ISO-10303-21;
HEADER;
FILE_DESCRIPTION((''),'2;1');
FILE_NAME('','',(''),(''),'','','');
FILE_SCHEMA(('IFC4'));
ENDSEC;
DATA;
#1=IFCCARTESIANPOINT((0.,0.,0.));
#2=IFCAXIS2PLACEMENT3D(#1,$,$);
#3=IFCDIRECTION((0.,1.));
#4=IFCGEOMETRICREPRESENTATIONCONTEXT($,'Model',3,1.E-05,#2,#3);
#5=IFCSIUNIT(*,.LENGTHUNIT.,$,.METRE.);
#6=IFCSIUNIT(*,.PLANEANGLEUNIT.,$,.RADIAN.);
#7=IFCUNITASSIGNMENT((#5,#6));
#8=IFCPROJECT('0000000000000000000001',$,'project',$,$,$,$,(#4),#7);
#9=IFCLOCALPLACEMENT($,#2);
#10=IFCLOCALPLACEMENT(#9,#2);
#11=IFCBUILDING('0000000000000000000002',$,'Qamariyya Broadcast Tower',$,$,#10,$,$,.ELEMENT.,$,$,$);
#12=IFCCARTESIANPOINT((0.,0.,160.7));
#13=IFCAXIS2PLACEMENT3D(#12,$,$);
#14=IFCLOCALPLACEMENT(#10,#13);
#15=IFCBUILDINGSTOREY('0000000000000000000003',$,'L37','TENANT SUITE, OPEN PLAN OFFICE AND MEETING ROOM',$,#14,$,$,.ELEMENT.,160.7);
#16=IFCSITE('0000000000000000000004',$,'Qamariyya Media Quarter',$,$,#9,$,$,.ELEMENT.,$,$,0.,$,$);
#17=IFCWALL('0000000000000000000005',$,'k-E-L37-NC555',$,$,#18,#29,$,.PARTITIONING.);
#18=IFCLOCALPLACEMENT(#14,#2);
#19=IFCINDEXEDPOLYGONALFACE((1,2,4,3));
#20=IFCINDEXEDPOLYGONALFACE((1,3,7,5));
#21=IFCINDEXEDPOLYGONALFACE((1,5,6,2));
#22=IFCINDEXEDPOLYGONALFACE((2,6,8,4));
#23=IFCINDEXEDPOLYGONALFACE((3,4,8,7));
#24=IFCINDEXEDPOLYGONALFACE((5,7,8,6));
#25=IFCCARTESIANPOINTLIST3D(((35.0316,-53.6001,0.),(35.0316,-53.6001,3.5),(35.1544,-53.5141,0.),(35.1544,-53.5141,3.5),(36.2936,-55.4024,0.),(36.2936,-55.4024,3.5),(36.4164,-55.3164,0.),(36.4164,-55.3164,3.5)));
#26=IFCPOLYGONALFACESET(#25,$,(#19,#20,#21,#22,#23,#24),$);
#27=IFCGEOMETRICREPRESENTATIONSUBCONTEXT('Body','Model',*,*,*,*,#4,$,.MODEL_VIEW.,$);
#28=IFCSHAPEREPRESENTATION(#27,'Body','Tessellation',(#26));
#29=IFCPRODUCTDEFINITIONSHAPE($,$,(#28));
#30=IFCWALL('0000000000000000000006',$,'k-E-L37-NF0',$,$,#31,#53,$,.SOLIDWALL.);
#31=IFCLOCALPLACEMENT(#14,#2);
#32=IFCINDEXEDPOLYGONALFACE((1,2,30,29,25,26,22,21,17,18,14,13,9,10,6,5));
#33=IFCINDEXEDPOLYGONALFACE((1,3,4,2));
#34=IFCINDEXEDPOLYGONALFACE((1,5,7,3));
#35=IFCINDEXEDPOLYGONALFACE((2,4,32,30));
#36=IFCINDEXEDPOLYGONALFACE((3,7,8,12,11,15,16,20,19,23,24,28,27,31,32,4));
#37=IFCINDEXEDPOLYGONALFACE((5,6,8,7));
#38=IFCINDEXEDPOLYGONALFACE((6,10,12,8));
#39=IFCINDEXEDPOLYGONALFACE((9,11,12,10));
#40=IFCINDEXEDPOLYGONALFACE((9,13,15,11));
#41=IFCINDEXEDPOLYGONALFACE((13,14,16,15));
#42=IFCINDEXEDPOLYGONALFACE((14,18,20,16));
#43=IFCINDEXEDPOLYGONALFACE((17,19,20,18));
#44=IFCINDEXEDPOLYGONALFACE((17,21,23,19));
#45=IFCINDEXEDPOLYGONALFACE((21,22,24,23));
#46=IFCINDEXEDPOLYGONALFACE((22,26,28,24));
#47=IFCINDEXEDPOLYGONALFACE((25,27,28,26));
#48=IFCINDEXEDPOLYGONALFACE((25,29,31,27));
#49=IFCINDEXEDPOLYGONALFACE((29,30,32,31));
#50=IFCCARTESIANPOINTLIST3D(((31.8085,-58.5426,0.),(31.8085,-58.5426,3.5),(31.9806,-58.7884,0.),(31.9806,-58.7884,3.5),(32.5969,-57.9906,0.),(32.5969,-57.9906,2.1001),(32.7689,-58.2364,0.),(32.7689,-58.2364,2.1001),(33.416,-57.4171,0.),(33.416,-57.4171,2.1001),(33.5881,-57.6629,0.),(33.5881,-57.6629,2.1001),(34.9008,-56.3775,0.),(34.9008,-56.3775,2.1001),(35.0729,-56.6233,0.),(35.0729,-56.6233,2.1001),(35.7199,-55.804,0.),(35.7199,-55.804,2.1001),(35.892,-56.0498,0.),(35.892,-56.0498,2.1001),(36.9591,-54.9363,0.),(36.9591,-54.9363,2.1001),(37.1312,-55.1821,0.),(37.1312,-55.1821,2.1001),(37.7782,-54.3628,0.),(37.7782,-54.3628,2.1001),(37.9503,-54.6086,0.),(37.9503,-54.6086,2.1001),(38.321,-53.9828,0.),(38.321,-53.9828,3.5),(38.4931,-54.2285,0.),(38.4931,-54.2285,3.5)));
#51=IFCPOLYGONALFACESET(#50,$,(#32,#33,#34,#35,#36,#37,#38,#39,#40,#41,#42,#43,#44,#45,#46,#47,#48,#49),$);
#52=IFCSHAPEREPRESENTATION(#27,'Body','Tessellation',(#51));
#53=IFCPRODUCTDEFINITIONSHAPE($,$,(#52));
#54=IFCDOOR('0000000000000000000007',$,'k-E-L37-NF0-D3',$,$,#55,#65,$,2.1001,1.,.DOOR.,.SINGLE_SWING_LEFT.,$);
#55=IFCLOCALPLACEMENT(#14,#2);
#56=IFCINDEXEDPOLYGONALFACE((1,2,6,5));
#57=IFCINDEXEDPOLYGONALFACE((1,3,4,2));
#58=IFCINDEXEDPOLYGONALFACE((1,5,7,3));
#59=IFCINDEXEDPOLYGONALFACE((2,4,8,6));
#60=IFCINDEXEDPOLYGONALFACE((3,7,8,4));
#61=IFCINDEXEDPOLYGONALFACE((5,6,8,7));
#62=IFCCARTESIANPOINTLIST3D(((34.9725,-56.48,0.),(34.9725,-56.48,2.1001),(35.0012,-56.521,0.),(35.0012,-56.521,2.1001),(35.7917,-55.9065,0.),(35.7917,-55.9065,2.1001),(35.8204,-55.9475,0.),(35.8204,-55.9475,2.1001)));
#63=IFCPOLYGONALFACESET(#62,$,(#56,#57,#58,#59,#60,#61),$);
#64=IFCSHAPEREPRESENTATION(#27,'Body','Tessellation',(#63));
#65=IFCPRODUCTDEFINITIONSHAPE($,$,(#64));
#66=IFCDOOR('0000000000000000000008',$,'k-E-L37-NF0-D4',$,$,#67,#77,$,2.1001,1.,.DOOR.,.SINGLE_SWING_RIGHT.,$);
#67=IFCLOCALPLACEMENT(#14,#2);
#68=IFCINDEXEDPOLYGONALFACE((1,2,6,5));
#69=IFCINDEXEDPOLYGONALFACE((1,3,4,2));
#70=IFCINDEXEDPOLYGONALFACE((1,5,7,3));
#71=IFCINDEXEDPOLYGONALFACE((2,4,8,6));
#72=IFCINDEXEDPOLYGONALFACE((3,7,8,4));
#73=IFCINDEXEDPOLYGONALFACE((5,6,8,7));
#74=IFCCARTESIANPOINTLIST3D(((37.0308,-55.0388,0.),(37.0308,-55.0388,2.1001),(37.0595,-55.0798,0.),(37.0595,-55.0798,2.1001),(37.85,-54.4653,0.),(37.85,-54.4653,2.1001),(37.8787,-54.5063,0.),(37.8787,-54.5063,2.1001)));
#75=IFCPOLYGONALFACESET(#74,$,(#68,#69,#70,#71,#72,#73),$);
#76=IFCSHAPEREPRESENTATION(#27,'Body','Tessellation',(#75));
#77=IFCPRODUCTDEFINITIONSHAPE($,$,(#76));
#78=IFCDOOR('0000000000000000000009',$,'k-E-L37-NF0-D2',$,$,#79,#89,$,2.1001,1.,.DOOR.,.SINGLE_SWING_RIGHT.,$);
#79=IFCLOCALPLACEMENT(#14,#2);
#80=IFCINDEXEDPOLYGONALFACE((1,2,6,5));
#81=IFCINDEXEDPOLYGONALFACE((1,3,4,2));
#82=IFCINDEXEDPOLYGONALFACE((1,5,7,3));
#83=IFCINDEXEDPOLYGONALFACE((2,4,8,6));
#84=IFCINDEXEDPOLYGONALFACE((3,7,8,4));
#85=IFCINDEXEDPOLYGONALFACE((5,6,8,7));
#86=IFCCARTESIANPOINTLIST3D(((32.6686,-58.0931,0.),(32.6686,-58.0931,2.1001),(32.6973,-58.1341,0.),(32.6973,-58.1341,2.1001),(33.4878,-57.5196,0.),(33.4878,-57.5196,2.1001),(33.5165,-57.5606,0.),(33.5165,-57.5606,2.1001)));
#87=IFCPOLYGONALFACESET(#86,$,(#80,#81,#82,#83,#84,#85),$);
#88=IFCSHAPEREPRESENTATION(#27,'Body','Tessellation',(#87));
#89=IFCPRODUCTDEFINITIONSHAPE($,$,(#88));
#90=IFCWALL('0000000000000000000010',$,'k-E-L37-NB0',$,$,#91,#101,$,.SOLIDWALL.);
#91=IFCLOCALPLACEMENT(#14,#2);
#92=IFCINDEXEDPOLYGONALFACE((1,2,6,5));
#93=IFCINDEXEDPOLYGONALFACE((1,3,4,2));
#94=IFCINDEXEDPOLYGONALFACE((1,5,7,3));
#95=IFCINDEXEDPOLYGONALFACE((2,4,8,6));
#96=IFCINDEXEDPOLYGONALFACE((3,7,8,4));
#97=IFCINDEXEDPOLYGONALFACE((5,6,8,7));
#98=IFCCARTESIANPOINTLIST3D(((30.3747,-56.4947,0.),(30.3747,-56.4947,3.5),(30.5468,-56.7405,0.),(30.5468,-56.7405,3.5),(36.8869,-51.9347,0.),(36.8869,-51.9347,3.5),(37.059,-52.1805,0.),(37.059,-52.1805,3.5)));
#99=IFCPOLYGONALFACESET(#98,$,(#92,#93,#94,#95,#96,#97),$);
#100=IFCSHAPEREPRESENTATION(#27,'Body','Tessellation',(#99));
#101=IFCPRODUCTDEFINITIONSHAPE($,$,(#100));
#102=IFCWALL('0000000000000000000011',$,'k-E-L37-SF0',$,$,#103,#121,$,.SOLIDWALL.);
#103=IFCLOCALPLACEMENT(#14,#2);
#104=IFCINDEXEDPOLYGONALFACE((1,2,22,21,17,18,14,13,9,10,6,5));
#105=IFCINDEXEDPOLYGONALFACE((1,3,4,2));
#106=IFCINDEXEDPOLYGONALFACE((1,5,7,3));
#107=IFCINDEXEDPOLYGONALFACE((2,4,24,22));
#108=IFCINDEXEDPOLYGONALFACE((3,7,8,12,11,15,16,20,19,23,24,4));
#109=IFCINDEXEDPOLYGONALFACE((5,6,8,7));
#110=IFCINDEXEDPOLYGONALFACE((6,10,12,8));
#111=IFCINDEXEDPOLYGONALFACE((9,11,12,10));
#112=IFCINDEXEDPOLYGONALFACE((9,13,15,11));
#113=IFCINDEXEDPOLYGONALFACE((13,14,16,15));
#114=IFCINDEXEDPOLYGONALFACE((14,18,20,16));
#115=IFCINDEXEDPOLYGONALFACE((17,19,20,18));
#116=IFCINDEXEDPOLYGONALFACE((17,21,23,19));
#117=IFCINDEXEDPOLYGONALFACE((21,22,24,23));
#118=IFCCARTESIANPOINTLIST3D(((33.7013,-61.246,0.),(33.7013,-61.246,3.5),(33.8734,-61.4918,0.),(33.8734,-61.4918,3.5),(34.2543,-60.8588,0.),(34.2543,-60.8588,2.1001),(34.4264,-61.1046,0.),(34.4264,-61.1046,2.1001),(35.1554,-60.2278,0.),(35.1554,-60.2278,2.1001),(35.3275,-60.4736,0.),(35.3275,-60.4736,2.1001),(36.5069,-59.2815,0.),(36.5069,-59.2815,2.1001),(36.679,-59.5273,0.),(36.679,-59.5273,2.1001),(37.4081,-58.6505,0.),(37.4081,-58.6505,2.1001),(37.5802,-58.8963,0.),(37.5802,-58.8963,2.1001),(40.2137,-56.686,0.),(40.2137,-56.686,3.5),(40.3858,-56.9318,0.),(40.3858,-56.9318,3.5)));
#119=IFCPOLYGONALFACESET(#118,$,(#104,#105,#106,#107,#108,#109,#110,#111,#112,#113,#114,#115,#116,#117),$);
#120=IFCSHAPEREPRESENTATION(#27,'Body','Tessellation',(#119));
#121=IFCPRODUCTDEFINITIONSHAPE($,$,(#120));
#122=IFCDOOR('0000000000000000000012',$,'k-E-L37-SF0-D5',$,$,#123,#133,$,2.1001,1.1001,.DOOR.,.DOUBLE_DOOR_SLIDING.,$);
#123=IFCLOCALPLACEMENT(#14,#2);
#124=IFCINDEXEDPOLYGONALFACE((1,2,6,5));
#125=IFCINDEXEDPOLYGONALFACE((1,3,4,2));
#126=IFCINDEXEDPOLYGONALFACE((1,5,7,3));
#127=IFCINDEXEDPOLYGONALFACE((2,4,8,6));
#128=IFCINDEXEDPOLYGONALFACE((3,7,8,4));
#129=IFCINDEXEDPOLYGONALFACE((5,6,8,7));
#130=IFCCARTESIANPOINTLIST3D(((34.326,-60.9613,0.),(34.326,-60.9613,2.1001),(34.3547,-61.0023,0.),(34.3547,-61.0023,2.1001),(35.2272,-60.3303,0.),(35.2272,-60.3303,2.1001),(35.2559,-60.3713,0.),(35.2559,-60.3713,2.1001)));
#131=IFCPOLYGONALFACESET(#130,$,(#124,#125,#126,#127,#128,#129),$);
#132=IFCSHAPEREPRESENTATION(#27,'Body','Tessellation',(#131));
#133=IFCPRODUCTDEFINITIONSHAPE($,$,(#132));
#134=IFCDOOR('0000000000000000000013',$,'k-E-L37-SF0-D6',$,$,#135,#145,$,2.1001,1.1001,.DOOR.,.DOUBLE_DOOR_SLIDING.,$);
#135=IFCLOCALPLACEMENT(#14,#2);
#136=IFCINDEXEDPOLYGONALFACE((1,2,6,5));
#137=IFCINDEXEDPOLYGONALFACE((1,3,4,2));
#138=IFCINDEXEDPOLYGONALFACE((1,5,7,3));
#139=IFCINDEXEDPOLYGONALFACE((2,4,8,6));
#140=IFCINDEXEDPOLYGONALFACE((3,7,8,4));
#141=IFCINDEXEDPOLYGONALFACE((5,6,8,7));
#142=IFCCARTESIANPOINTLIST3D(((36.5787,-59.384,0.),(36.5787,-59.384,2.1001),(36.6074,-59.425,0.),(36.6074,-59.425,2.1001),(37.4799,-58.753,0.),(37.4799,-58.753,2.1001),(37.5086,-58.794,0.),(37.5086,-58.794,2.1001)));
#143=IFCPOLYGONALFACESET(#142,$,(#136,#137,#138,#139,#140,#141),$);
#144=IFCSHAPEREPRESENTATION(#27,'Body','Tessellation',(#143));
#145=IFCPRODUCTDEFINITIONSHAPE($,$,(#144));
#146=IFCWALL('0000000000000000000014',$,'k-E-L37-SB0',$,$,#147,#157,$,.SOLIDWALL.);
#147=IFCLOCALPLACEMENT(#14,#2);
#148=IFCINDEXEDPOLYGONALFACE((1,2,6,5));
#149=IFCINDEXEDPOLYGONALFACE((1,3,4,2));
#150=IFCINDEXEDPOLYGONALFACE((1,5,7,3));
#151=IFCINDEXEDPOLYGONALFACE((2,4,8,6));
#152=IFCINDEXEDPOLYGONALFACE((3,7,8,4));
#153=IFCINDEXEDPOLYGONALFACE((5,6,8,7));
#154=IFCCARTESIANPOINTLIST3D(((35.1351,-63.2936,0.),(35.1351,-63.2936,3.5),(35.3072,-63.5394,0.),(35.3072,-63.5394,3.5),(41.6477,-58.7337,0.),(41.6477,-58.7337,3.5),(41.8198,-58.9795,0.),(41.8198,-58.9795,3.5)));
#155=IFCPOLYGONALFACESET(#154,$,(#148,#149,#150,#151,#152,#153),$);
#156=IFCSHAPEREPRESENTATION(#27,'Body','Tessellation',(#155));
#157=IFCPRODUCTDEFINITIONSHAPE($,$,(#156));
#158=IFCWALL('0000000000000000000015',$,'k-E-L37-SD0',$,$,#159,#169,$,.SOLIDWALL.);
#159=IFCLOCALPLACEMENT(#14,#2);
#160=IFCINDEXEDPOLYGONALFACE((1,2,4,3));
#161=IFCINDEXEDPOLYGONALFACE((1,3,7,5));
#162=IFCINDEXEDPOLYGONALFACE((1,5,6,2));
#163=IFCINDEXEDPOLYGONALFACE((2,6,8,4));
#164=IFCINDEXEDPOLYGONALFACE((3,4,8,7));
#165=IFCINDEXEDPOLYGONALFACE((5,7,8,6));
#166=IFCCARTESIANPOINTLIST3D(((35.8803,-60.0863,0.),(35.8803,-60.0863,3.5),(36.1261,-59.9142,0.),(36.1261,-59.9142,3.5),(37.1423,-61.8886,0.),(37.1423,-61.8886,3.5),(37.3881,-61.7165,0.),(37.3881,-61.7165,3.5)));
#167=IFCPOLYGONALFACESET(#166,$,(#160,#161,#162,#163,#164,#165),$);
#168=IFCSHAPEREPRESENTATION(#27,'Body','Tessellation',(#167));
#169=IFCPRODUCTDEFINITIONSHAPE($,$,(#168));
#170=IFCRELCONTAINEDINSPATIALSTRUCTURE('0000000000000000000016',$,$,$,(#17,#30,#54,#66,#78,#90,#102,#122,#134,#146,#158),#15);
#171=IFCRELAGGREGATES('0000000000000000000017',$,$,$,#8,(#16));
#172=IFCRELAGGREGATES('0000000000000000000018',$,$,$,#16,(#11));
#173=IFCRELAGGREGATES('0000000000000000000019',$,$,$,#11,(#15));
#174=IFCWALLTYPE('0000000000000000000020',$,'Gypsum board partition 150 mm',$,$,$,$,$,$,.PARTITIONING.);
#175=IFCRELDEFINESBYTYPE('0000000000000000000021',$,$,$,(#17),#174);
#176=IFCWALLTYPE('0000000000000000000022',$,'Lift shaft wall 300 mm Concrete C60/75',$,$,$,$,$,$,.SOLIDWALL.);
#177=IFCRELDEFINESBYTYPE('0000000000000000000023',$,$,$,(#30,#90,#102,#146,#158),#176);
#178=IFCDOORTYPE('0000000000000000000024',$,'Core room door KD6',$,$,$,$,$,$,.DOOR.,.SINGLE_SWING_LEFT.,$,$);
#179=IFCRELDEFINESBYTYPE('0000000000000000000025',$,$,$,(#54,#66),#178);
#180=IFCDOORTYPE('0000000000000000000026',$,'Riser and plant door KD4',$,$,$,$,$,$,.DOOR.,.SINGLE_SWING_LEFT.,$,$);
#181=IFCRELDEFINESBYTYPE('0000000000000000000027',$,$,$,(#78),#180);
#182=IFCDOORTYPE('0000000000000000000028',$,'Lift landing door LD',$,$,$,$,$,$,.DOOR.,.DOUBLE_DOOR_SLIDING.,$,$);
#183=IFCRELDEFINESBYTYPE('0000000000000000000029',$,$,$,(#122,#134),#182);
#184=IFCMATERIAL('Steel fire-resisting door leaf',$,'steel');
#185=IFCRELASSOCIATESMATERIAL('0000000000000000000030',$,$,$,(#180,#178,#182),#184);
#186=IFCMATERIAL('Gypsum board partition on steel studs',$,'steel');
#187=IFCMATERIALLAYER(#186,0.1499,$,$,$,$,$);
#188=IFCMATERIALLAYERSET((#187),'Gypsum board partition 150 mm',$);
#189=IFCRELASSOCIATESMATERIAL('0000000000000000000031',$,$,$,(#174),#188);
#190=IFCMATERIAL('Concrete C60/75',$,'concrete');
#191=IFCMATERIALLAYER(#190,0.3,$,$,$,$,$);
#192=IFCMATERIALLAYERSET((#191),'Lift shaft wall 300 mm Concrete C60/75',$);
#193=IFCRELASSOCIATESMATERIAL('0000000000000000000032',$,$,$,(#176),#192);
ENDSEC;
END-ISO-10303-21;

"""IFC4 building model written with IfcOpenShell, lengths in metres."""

from ifc_helpers import new_model, si_unit, direction, frame, frame_2d, origin, place, context, subcontext, project, spatial, rectangle, extrude, material, layer, layer_set, type_object, element, fill, save


model = new_model("IFC4")

# Units and contexts
model_context = context("Model", 3, precision=1e-05, world=origin(), true_north=direction((0.0, 1.0)))
body_context = subcontext(model_context, "Body", "Model", "MODEL_VIEW")
ifc_project = project(units=[si_unit("LENGTHUNIT", "METRE"), si_unit("PLANEANGLEUNIT", "RADIAN")], contexts=[model_context])

# Site, building, storey
site_placement = place(None, origin())
site = spatial("IfcSite", under=ifc_project, at=site_placement, Name="Qamariyya Media Quarter", CompositionType="ELEMENT", RefElevation=0.0)
building_placement = place(site_placement, origin())
building = spatial("IfcBuilding", under=site, at=building_placement, Name="Qamariyya Broadcast Tower", CompositionType="ELEMENT")
storey_placement = place(building_placement, frame((0.0, 0.0, 160.7)))
storey = spatial("IfcBuildingStorey", under=building, at=storey_placement, Name="L37", Description="TENANT SUITE, OPEN PLAN OFFICE AND MEETING ROOM", CompositionType="ELEMENT", Elevation=160.7)

# Shared definitions
ifc_material_1 = material(Name="Concrete C60/75", Category="concrete")

# Shared definitions
ifc_material_2 = material(Name="Steel fire-resisting door leaf", Category="steel")

# Shared definitions
door_type_1 = type_object("IfcDoorType", Name="Riser and plant door KD4", OperationType="SINGLE_SWING_LEFT", PredefinedType="DOOR", material=ifc_material_2)

# Wall
ifc_material_3 = material(Name="Gypsum board partition on steel studs", Category="steel")
ifc_layer_1 = layer(ifc_material_3, 0.1499)
ifc_layer_set_1 = layer_set([ifc_layer_1], Name="Gypsum board partition 150 mm")
wall_type_1 = type_object("IfcWallType", Name="Gypsum board partition 150 mm", PredefinedType="PARTITIONING", material=ifc_layer_set_1)
for number, where, z_axis, x_axis, name in (
    (1, (36.355, -55.3594, 0.0), (0.0, 0.0, 1.0), (-0.573581, 0.819149, 0.0), "k-E-L37-NC555"),
):
    element("IfcWall", number, at=place(storey_placement, frame(where, z_axis=z_axis, x_axis=x_axis)), inside=storey, type_object=wall_type_1, Name=name, PredefinedType="PARTITIONING", context=body_context, shape_type="SweptSolid", body=[
        extrude(rectangle(XDim=2.2002, YDim=0.1499, at=frame_2d((1.1001, 0.0))), origin(), (0.0, 0.0, 1.0), 3.5),
    ])

# Wall, openings, doors
ifc_layer_2 = layer(ifc_material_1, 0.3)
ifc_layer_set_2 = layer_set([ifc_layer_2], Name="Lift shaft wall 300 mm Concrete C60/75")
wall_type_2 = type_object("IfcWallType", Name="Lift shaft wall 300 mm Concrete C60/75", PredefinedType="SOLIDWALL", material=ifc_layer_set_2)
wall_1_placement = place(storey_placement, frame((31.8945, -58.6655, 0.0), z_axis=(0.0, 0.0, 1.0), x_axis=(0.819167, 0.573555, 0.0)))
wall_1 = element("IfcWall", 2, at=wall_1_placement, inside=storey, type_object=wall_type_2, Name="k-E-L37-NF0", PredefinedType="SOLIDWALL", context=body_context, shape_type="SweptSolid", body=[
    extrude(rectangle(XDim=7.9502, YDim=0.3, at=frame_2d((3.9751, 0.0))), origin(), (0.0, 0.0, 1.0), 3.5),
])
opening_1_placement = place(wall_1_placement, frame((0.9624, 0.0, 0.0)))
opening_1 = element("IfcOpeningElement", 3, at=opening_1_placement, cuts=wall_1, PredefinedType="OPENING", context=body_context, shape_type="SweptSolid", body=[
    extrude(rectangle(XDim=1.0, YDim=2.1001, at=frame_2d((0.5, 1.05))), frame((0.0, 0.1599, 0.0), z_axis=(0.0, -1.0, 0.0), x_axis=(1.0, 0.0, 0.0)), (0.0, 0.0, 1.0), 0.3201),
])
opening_2_placement = place(wall_1_placement, frame((3.7749, 0.0, 0.0)))
opening_2 = element("IfcOpeningElement", 4, at=opening_2_placement, cuts=wall_1, PredefinedType="OPENING", context=body_context, shape_type="SweptSolid", body=[
    extrude(rectangle(XDim=1.0, YDim=2.1001, at=frame_2d((0.5, 1.05))), frame((0.0, 0.1599, 0.0), z_axis=(0.0, -1.0, 0.0), x_axis=(1.0, 0.0, 0.0)), (0.0, 0.0, 1.0), 0.3201),
])
opening_3_placement = place(wall_1_placement, frame((6.2876, 0.0, 0.0)))
opening_3 = element("IfcOpeningElement", 5, at=opening_3_placement, cuts=wall_1, PredefinedType="OPENING", context=body_context, shape_type="SweptSolid", body=[
    extrude(rectangle(XDim=1.0, YDim=2.1001, at=frame_2d((0.5, 1.05))), frame((0.0, 0.1599, 0.0), z_axis=(0.0, -1.0, 0.0), x_axis=(1.0, 0.0, 0.0)), (0.0, 0.0, 1.0), 0.3201),
])
door_type_2 = type_object("IfcDoorType", Name="Core room door KD6", OperationType="SINGLE_SWING_LEFT", PredefinedType="DOOR", material=ifc_material_2)
door_1_placement = place(opening_2_placement, origin())
door_1 = element("IfcDoor", 6, at=door_1_placement, inside=storey, type_object=door_type_2, Name="k-E-L37-NF0-D3", OperationType="SINGLE_SWING_LEFT", OverallHeight=2.1001, OverallWidth=1.0, PredefinedType="DOOR", context=body_context, shape_type="SweptSolid", body=[
    extrude(rectangle(XDim=1.0, YDim=2.1001, at=frame_2d((0.5, 1.05))), frame((0.0, 0.0249, 0.0), z_axis=(0.0, -1.0, 0.0), x_axis=(1.0, 0.0, 0.0)), (0.0, 0.0, 1.0), 0.05),
])
fill(opening_2, door_1)
door_2_placement = place(opening_3_placement, origin())
door_2 = element("IfcDoor", 7, at=door_2_placement, inside=storey, type_object=door_type_2, Name="k-E-L37-NF0-D4", OperationType="SINGLE_SWING_RIGHT", OverallHeight=2.1001, OverallWidth=1.0, PredefinedType="DOOR", context=body_context, shape_type="SweptSolid", body=[
    extrude(rectangle(XDim=1.0, YDim=2.1001, at=frame_2d((0.5, 1.05))), frame((0.0, 0.0249, 0.0), z_axis=(0.0, -1.0, 0.0), x_axis=(1.0, 0.0, 0.0)), (0.0, 0.0, 1.0), 0.05),
])
fill(opening_3, door_2)
door_3_placement = place(opening_1_placement, origin())
door_3 = element("IfcDoor", 8, at=door_3_placement, inside=storey, type_object=door_type_1, Name="k-E-L37-NF0-D2", OperationType="SINGLE_SWING_RIGHT", OverallHeight=2.1001, OverallWidth=1.0, PredefinedType="DOOR", context=body_context, shape_type="SweptSolid", body=[
    extrude(rectangle(XDim=1.0, YDim=2.1001, at=frame_2d((0.5, 1.05))), frame((0.0, 0.0249, 0.0), z_axis=(0.0, -1.0, 0.0), x_axis=(1.0, 0.0, 0.0)), (0.0, 0.0, 1.0), 0.05),
])
fill(opening_1, door_3)

# Wall
wall_2_placement = place(storey_placement, frame((30.4607, -56.6177, 0.0), z_axis=(0.0, 0.0, 1.0), x_axis=(0.819142, 0.57359, 0.0)))
element("IfcWall", 9, at=wall_2_placement, inside=storey, type_object=wall_type_2, Name="k-E-L37-NB0", PredefinedType="SOLIDWALL", context=body_context, shape_type="SweptSolid", body=[
    extrude(rectangle(XDim=7.95, YDim=0.3, at=frame_2d((3.9751, 0.0))), origin(), (0.0, 0.0, 1.0), 3.5),
])

# Wall, openings, doors
wall_3_placement = place(storey_placement, frame((33.7874, -61.3689, 0.0), z_axis=(0.0, 0.0, 1.0), x_axis=(0.819153, 0.573576, 0.0)))
wall_3 = element("IfcWall", 10, at=wall_3_placement, inside=storey, type_object=wall_type_2, Name="k-E-L37-SF0", PredefinedType="SOLIDWALL", context=body_context, shape_type="SweptSolid", body=[
    extrude(rectangle(XDim=7.9502, YDim=0.3, at=frame_2d((3.9751, 0.0))), origin(), (0.0, 0.0, 1.0), 3.5),
])
opening_4_placement = place(wall_3_placement, frame((0.675, 0.0, 0.0)))
opening_4 = element("IfcOpeningElement", 11, at=opening_4_placement, cuts=wall_3, PredefinedType="OPENING", context=body_context, shape_type="SweptSolid", body=[
    extrude(rectangle(XDim=1.1001, YDim=2.1001, at=frame_2d((0.55, 1.05))), frame((0.0, 0.1599, 0.0), z_axis=(0.0, -1.0, 0.0), x_axis=(1.0, 0.0, 0.0)), (0.0, 0.0, 1.0), 0.3201),
])
opening_5_placement = place(wall_3_placement, frame((3.425, 0.0, 0.0)))
opening_5 = element("IfcOpeningElement", 12, at=opening_5_placement, cuts=wall_3, PredefinedType="OPENING", context=body_context, shape_type="SweptSolid", body=[
    extrude(rectangle(XDim=1.1001, YDim=2.1001, at=frame_2d((0.55, 1.05))), frame((0.0, 0.1599, 0.0), z_axis=(0.0, -1.0, 0.0), x_axis=(1.0, 0.0, 0.0)), (0.0, 0.0, 1.0), 0.3201),
])
door_type_3 = type_object("IfcDoorType", Name="Lift landing door LD", OperationType="DOUBLE_DOOR_SLIDING", PredefinedType="DOOR", material=ifc_material_2)
door_4_placement = place(opening_4_placement, origin())
door_4 = element("IfcDoor", 13, at=door_4_placement, inside=storey, type_object=door_type_3, Name="k-E-L37-SF0-D5", OperationType="DOUBLE_DOOR_SLIDING", OverallHeight=2.1001, OverallWidth=1.1001, PredefinedType="DOOR", context=body_context, shape_type="SweptSolid", body=[
    extrude(rectangle(XDim=1.1001, YDim=2.1001, at=frame_2d((0.55, 1.05))), frame((0.0, 0.0249, 0.0), z_axis=(0.0, -1.0, 0.0), x_axis=(1.0, 0.0, 0.0)), (0.0, 0.0, 1.0), 0.05),
])
fill(opening_4, door_4)
door_5_placement = place(opening_5_placement, origin())
door_5 = element("IfcDoor", 14, at=door_5_placement, inside=storey, type_object=door_type_3, Name="k-E-L37-SF0-D6", OperationType="DOUBLE_DOOR_SLIDING", OverallHeight=2.1001, OverallWidth=1.1001, PredefinedType="DOOR", context=body_context, shape_type="SweptSolid", body=[
    extrude(rectangle(XDim=1.1001, YDim=2.1001, at=frame_2d((0.55, 1.05))), frame((0.0, 0.0249, 0.0), z_axis=(0.0, -1.0, 0.0), x_axis=(1.0, 0.0, 0.0)), (0.0, 0.0, 1.0), 0.05),
])
fill(opening_5, door_5)

# Walls
wall_4_placement = place(storey_placement, frame((35.2212, -63.4165, 0.0), z_axis=(0.0, 0.0, 1.0), x_axis=(0.819167, 0.573555, 0.0)))
element("IfcWall", 15, at=wall_4_placement, inside=storey, type_object=wall_type_2, Name="k-E-L37-SB0", PredefinedType="SOLIDWALL", context=body_context, shape_type="SweptSolid", body=[
    extrude(rectangle(XDim=7.9502, YDim=0.3, at=frame_2d((3.9751, 0.0))), origin(), (0.0, 0.0, 1.0), 3.5),
])
wall_5_placement = place(storey_placement, frame((36.0032, -60.0002, 0.0), z_axis=(0.0, 0.0, 1.0), x_axis=(0.573581, -0.819149, 0.0)))
element("IfcWall", 16, at=wall_5_placement, inside=storey, type_object=wall_type_2, Name="k-E-L37-SD0", PredefinedType="SOLIDWALL", context=body_context, shape_type="SweptSolid", body=[
    extrude(rectangle(XDim=2.2002, YDim=0.3, at=frame_2d((1.1001, 0.0))), origin(), (0.0, 0.0, 1.0), 3.5),
])

save(model, "model.ifc")
